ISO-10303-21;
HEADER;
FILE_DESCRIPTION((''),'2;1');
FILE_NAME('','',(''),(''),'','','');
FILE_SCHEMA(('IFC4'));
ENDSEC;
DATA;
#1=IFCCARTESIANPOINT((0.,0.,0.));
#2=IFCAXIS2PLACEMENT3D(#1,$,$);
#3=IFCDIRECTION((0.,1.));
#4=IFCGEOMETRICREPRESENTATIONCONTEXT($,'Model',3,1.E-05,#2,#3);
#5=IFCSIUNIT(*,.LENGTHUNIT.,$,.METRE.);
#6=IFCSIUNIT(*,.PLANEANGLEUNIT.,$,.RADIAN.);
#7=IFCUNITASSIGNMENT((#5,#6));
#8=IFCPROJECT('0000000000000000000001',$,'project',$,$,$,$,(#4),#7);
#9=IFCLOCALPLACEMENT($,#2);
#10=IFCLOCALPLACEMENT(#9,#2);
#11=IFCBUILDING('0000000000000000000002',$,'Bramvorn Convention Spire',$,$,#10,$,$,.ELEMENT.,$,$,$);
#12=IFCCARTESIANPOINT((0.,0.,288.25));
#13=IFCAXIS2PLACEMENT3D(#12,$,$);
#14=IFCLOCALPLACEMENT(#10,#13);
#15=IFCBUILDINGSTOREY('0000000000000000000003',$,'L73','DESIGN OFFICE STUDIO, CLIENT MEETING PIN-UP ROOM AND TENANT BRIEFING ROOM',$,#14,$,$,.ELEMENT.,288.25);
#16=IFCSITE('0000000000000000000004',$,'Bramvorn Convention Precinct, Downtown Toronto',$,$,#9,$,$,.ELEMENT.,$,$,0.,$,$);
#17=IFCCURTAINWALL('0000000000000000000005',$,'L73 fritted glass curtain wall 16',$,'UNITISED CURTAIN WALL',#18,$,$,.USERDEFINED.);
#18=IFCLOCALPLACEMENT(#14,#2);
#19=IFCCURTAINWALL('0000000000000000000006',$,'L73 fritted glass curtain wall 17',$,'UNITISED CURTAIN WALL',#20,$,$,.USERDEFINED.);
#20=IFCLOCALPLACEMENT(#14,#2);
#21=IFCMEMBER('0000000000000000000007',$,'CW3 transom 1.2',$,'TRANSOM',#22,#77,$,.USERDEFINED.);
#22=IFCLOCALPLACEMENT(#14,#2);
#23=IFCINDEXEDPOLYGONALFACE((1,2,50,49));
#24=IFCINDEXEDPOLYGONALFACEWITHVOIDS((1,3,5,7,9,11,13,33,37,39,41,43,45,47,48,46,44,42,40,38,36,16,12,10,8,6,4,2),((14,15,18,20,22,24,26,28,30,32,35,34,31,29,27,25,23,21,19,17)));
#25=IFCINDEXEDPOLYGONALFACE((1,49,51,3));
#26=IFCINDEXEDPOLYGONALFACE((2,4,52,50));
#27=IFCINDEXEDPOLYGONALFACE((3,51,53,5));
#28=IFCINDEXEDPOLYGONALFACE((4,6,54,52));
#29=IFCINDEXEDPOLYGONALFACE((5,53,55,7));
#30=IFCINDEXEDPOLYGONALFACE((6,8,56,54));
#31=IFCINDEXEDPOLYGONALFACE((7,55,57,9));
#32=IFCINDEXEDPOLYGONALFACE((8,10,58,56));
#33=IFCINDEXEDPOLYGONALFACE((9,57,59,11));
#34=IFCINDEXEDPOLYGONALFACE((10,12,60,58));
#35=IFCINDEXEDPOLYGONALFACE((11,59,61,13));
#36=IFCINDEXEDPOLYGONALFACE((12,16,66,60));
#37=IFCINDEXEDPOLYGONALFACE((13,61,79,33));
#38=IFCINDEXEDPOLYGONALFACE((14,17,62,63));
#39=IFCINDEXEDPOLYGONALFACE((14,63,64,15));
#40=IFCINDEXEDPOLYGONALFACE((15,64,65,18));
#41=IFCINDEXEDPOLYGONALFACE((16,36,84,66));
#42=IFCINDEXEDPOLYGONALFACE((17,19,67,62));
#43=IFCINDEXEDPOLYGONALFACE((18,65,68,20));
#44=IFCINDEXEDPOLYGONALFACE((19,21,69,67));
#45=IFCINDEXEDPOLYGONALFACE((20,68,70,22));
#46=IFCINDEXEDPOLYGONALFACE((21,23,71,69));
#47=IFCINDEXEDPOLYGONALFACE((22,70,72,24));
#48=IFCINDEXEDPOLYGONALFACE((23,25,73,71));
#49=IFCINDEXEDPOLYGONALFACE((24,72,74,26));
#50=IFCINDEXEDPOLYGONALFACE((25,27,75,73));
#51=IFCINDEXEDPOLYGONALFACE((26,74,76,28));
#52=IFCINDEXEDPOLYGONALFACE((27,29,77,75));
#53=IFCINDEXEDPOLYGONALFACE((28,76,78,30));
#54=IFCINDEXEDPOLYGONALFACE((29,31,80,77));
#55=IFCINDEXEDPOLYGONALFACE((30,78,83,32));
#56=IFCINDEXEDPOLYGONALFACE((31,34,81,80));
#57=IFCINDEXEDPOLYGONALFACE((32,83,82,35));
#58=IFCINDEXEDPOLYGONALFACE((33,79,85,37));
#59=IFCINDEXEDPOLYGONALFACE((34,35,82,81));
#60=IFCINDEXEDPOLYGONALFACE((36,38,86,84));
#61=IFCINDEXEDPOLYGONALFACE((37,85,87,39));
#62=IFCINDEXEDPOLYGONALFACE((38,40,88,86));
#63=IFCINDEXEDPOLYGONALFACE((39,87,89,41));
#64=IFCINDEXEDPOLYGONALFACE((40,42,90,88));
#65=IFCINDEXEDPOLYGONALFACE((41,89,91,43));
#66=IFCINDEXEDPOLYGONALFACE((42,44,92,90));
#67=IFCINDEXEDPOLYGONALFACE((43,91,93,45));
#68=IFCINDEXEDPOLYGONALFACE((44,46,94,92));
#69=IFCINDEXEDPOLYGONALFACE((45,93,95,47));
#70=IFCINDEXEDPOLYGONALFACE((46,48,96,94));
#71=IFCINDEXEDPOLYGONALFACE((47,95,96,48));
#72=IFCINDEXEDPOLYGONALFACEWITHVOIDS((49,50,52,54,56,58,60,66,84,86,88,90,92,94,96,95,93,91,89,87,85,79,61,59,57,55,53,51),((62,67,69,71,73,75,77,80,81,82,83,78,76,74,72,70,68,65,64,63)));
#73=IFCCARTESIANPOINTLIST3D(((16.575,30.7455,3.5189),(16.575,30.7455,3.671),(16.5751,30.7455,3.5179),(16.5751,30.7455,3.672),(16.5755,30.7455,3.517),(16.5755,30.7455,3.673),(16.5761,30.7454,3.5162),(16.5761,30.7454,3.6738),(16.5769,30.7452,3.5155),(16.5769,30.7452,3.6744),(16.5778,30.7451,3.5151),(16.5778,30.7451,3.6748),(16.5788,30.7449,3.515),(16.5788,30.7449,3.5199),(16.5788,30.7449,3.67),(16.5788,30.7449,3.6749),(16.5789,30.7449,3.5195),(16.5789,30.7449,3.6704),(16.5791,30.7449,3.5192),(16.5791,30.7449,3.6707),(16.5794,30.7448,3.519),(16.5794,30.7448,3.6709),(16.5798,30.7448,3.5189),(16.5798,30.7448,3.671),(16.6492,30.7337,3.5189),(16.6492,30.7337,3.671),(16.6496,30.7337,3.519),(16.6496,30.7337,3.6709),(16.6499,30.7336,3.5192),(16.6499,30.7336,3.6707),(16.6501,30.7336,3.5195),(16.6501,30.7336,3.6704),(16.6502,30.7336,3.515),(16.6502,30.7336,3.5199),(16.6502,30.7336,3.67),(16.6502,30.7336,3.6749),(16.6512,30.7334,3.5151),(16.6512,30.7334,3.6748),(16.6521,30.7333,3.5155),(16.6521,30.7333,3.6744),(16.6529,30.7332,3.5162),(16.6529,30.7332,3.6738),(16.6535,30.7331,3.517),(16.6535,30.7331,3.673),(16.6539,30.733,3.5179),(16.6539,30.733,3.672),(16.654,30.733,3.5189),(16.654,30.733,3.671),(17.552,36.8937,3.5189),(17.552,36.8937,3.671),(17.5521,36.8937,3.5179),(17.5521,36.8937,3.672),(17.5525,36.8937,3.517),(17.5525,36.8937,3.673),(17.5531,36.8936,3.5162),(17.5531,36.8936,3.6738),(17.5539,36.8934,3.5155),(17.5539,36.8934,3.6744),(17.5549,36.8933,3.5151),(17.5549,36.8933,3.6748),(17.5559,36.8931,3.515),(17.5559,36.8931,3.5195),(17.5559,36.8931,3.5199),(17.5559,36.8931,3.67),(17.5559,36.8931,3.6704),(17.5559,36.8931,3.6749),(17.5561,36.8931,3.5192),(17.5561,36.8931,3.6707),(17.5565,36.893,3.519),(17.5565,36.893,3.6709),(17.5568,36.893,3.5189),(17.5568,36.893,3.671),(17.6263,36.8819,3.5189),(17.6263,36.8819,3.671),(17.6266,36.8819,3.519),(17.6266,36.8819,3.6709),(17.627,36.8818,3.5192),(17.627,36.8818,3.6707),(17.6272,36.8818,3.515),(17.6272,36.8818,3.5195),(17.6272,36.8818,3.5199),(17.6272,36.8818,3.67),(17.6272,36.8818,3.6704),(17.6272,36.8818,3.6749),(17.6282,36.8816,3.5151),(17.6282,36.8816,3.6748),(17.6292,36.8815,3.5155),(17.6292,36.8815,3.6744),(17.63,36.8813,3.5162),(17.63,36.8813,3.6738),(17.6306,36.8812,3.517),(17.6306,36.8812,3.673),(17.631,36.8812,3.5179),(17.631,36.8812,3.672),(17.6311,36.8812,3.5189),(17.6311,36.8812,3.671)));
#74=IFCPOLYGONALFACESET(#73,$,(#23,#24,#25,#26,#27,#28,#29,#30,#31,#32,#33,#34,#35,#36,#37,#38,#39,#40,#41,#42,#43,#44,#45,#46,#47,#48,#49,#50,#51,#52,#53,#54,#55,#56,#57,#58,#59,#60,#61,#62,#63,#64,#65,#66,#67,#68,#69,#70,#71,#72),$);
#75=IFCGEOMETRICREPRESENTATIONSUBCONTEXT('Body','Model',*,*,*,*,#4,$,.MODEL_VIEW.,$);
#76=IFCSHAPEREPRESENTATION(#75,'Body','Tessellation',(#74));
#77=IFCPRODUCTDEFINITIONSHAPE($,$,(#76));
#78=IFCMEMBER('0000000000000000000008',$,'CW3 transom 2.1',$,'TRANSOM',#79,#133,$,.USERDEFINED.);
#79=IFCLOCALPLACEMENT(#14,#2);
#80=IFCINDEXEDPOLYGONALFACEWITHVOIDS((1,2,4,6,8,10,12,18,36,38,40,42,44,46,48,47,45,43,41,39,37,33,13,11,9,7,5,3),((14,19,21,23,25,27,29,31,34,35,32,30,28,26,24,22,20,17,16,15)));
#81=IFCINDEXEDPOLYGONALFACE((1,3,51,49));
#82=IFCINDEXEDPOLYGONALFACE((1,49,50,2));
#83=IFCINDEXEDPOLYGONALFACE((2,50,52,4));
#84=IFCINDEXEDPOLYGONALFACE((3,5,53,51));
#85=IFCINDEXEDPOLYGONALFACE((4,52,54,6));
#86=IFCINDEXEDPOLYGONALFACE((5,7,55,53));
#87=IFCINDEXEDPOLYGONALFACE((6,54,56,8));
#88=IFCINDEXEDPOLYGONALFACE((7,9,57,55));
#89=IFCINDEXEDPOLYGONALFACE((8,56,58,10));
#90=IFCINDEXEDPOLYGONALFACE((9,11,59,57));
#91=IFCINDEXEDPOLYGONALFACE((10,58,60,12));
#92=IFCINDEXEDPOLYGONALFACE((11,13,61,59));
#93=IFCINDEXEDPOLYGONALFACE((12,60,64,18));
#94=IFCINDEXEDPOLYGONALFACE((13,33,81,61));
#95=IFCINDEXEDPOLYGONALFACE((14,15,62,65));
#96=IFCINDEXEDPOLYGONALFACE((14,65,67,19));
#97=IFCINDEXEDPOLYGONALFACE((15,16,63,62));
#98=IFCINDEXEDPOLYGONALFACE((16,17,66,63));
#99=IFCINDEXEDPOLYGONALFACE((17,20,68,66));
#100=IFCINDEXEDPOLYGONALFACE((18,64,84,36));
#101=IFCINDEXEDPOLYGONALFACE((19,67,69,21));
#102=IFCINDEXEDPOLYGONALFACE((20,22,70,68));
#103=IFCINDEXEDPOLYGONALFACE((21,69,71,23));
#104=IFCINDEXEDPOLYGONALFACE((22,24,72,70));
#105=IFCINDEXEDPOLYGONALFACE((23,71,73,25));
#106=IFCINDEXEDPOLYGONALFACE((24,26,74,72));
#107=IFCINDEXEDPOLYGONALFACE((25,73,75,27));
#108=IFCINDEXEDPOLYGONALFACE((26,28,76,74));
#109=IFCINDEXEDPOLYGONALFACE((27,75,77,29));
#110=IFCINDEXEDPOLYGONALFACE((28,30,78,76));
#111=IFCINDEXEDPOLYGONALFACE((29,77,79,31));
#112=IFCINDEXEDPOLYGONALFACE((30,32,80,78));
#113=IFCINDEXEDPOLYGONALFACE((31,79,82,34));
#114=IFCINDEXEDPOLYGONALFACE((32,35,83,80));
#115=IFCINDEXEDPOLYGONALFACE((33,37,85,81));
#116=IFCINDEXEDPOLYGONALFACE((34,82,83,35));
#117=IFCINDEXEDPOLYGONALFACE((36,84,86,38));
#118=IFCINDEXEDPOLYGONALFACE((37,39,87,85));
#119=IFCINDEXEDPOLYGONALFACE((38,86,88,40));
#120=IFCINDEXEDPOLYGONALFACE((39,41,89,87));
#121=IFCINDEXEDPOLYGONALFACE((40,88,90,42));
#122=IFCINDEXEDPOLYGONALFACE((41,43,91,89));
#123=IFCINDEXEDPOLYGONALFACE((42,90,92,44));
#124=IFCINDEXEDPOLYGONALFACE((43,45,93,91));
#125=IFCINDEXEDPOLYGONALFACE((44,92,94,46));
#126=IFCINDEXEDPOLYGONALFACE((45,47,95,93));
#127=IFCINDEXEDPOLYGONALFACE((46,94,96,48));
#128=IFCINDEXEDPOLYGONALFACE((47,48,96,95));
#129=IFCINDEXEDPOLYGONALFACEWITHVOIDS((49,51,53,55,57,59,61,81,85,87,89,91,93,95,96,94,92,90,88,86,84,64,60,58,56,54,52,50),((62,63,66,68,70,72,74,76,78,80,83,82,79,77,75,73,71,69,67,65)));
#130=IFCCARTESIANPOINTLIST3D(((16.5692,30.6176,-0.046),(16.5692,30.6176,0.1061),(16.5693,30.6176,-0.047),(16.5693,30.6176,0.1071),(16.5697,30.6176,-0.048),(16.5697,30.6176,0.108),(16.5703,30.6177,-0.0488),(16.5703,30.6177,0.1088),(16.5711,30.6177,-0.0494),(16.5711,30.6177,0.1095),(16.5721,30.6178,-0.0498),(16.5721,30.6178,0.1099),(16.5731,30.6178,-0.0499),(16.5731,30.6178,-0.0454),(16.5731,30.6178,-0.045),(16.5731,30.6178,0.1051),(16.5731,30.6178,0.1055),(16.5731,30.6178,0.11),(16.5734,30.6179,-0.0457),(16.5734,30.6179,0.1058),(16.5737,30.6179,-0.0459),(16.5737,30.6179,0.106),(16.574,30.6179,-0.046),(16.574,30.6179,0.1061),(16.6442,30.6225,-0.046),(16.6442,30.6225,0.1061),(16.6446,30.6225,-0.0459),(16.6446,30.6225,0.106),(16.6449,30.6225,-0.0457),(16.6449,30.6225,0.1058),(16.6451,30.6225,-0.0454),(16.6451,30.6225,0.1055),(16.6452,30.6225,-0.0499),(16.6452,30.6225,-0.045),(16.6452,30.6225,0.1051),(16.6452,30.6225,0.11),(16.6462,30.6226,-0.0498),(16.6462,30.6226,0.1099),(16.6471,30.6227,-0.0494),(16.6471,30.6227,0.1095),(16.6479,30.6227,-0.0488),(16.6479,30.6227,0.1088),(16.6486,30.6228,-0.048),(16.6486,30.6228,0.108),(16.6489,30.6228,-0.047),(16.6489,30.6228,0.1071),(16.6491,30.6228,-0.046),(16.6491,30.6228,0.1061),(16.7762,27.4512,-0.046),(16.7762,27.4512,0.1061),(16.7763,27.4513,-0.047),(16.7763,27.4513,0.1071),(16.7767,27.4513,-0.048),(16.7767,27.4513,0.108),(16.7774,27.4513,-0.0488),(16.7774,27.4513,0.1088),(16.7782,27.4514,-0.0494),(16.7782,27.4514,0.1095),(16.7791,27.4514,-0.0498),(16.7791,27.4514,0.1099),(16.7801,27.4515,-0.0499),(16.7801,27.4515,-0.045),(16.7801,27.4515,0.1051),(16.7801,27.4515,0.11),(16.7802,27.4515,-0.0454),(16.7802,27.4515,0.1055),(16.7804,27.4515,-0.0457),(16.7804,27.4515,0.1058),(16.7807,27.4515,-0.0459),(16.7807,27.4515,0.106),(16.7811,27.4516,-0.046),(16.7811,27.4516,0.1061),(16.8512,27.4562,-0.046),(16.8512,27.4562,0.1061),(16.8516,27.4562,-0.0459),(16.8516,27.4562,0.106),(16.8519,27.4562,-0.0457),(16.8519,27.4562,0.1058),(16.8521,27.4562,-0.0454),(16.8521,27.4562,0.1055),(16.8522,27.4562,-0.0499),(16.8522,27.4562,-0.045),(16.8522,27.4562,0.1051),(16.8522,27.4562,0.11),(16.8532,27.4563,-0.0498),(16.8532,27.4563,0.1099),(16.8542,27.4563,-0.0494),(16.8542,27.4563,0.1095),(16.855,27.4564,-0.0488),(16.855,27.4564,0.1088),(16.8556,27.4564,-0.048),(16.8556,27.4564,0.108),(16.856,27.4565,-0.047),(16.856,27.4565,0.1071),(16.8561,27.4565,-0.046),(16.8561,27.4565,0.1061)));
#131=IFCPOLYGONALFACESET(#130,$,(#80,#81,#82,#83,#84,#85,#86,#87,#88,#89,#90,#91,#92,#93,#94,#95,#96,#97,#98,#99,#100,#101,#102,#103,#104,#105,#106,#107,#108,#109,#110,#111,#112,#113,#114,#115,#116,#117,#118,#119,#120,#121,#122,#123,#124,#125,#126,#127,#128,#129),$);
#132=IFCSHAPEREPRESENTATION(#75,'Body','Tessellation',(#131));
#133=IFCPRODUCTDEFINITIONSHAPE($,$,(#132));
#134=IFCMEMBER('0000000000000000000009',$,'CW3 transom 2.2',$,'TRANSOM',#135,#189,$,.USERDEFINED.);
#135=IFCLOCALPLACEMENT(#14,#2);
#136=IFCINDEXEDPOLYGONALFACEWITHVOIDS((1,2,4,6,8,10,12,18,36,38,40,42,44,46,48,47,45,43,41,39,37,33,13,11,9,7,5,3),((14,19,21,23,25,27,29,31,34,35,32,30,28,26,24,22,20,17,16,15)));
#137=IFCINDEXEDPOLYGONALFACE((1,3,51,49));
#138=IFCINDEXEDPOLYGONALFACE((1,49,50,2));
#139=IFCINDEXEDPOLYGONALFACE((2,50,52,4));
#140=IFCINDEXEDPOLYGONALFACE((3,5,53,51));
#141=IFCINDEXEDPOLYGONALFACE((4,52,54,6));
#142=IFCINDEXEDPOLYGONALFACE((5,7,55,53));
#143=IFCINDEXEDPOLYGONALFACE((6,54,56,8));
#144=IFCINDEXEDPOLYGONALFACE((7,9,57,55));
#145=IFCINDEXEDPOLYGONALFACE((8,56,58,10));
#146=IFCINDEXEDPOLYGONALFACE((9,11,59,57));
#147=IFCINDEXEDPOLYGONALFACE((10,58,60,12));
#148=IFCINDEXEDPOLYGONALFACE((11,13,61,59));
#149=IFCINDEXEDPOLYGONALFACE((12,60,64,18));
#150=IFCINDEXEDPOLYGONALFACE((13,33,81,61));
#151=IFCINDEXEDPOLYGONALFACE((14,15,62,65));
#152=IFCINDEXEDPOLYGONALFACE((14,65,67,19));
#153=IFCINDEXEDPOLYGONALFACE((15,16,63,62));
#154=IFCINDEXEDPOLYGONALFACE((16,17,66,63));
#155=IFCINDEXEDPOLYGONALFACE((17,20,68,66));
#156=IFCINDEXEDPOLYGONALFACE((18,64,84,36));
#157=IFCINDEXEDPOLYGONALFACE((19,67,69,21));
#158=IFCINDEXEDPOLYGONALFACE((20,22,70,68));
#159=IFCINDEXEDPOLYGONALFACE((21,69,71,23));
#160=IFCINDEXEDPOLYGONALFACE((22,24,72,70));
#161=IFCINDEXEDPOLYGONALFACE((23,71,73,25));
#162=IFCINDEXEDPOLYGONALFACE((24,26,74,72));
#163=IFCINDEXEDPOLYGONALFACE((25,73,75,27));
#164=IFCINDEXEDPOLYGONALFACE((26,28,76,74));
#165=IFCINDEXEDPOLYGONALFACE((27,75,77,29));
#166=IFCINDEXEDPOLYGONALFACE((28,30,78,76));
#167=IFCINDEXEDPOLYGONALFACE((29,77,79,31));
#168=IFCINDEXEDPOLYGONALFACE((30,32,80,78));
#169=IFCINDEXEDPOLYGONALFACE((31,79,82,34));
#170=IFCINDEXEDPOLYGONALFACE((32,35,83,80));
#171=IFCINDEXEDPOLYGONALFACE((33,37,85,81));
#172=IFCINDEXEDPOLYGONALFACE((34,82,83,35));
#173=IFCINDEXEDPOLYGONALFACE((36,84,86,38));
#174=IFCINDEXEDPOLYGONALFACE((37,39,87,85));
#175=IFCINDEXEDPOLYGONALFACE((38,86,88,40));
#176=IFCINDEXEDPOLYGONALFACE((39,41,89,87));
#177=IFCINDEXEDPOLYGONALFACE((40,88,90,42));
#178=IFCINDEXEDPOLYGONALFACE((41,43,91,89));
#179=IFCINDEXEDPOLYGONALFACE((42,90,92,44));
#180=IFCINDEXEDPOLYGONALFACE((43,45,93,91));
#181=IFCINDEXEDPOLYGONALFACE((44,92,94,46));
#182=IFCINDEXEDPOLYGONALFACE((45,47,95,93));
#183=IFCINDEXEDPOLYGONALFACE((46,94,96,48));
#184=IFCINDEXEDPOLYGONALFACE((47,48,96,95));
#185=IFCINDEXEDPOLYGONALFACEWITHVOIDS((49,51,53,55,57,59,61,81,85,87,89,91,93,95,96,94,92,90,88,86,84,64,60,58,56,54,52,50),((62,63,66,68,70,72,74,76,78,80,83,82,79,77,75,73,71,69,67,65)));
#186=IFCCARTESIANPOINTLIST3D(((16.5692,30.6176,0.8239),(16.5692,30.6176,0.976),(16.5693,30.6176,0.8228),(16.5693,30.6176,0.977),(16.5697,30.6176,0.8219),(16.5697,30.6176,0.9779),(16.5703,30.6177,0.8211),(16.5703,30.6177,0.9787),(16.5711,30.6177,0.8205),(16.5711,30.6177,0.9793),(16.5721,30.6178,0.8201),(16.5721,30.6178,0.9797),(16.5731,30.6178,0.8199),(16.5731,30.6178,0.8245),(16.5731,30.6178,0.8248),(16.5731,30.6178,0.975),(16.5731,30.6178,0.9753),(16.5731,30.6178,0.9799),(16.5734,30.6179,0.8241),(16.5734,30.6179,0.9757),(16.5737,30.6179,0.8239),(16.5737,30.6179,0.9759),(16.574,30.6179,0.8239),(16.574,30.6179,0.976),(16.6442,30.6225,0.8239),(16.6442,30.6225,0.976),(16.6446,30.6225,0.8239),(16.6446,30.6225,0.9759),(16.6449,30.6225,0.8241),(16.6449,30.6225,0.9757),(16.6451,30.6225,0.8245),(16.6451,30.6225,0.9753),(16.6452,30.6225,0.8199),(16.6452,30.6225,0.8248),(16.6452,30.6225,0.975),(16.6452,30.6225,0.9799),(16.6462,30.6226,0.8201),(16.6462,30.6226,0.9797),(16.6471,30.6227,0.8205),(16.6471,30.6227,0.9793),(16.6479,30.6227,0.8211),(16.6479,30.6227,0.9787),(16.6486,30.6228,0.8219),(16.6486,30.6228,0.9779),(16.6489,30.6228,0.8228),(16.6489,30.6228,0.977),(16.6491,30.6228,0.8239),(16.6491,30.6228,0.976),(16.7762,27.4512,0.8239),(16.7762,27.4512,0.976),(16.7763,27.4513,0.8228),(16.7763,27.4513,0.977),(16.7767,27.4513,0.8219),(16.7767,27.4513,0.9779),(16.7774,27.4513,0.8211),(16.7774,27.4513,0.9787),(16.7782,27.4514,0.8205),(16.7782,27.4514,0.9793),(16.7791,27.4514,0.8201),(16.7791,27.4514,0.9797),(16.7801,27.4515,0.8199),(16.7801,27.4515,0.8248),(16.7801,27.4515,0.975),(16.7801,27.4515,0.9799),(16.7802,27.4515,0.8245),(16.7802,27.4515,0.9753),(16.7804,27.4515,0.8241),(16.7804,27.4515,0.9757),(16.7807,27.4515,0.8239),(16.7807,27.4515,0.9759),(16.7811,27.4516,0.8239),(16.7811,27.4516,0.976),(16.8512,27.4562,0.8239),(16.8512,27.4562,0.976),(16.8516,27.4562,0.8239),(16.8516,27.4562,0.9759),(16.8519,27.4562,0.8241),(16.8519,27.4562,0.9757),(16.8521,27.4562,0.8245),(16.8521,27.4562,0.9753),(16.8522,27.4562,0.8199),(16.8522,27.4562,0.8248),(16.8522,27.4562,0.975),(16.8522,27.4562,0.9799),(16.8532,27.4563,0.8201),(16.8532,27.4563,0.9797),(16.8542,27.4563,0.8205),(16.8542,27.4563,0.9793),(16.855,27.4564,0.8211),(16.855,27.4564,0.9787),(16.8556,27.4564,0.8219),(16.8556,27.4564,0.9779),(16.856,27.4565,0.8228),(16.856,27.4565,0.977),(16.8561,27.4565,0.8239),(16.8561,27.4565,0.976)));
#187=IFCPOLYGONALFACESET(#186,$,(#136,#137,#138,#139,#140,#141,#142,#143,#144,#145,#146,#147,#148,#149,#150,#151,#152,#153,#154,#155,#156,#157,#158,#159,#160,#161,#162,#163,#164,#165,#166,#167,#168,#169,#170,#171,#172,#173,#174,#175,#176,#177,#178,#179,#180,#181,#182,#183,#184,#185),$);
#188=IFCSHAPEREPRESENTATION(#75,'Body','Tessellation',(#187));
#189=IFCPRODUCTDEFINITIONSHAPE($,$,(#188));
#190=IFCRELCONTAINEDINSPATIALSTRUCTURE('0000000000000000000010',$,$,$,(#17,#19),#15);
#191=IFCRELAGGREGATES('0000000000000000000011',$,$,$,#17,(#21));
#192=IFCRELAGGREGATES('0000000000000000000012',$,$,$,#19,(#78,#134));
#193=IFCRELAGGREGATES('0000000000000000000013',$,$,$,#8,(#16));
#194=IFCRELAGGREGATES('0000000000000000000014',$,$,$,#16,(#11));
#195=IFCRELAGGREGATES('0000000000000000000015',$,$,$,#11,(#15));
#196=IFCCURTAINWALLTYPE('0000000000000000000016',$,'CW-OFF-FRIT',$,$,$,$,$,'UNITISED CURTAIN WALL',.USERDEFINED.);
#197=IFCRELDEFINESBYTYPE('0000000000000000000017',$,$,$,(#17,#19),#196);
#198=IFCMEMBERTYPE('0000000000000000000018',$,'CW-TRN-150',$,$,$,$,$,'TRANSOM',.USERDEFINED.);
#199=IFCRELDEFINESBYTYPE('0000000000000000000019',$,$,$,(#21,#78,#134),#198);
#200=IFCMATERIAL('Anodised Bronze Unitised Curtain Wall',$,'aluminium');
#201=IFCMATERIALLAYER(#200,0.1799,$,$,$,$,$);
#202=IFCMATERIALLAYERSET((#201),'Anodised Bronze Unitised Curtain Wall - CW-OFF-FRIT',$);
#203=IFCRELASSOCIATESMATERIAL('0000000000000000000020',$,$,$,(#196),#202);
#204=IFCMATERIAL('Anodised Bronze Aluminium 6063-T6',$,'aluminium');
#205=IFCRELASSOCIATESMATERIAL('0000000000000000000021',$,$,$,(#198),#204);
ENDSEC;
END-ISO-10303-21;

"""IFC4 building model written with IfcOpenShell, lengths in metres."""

from ifc_helpers import new_model, si_unit, direction, frame, origin, origin_2d, place, context, subcontext, project, spatial, hollow_rectangle, extrude, material, layer, layer_set, material_profile, profile_set, type_object, element, aggregate, save


model = new_model("IFC4")

# Units and contexts
model_context = context("Model", 3, precision=1e-05, world=origin(), true_north=direction((0.0, 1.0)))
body_context = subcontext(model_context, "Body", "Model", "MODEL_VIEW")
ifc_project = project(units=[si_unit("LENGTHUNIT", "METRE"), si_unit("PLANEANGLEUNIT", "RADIAN")], contexts=[model_context])

# Site, building, storey
site_placement = place(None, origin())
site = spatial("IfcSite", under=ifc_project, at=site_placement, Name="Bramvorn Convention Precinct, Downtown Toronto", CompositionType="ELEMENT", RefElevation=0.0)
building_placement = place(site_placement, origin())
building = spatial("IfcBuilding", under=site, at=building_placement, Name="Bramvorn Convention Spire", CompositionType="ELEMENT")
storey_placement = place(building_placement, frame((0.0, 0.0, 288.25)))
storey = spatial("IfcBuildingStorey", under=building, at=storey_placement, Name="L73", Description="DESIGN OFFICE STUDIO, CLIENT MEETING PIN-UP ROOM AND TENANT BRIEFING ROOM", CompositionType="ELEMENT", Elevation=288.25)

# Curtain wall
ifc_material_1 = material(Name="Anodised Bronze Unitised Curtain Wall", Category="aluminium")
ifc_layer_1 = layer(ifc_material_1, 0.1799)
ifc_layer_set_1 = layer_set([ifc_layer_1], Name="Anodised Bronze Unitised Curtain Wall - CW-OFF-FRIT")
curtain_wall_type = type_object("IfcCurtainWallType", Name="CW-OFF-FRIT", ElementType="UNITISED CURTAIN WALL", PredefinedType="USERDEFINED", material=ifc_layer_set_1)
curtain_wall_1_placement = place(storey_placement, origin())
curtain_wall_1 = element("IfcCurtainWall", 1, at=curtain_wall_1_placement, inside=storey, type_object=curtain_wall_type, Name="L73 fritted glass curtain wall 16", ObjectType="UNITISED CURTAIN WALL", PredefinedType="USERDEFINED")
ifc_material_2 = material(Name="Anodised Bronze Aluminium 6063-T6", Category="aluminium")

# Curtain wall
curtain_wall_2_placement = place(storey_placement, origin())
curtain_wall_2 = element("IfcCurtainWall", 2, at=curtain_wall_2_placement, inside=storey, type_object=curtain_wall_type, Name="L73 fritted glass curtain wall 17", ObjectType="UNITISED CURTAIN WALL", PredefinedType="USERDEFINED")

# Members
ifc_material_profile_1 = material_profile(ifc_material_2, hollow_rectangle(XDim=0.0801, YDim=0.1599, WallThickness=0.0039, InnerFilletRadius=0.001, OuterFilletRadius=0.0039, at=origin_2d()))
ifc_profile_set_1 = profile_set([ifc_material_profile_1], Name="Anodised Bronze Aluminium 6063-T6 - CWT80X160")
member_type_1 = type_object("IfcMemberType", Name="CW-TRN-150", ElementType="TRANSOM", PredefinedType="USERDEFINED", material=ifc_profile_set_1)
member_1_placement = place(storey_placement, frame((16.6145, 30.7393, 3.595), z_axis=(0.156947, 0.987607, 0.0), x_axis=(-0.987607, 0.156947, 0.0)))
member_1 = element("IfcMember", 3, at=member_1_placement, type_object=member_type_1, Name="CW3 transom 1.2", ObjectType="TRANSOM", PredefinedType="USERDEFINED", context=body_context, shape_type="SweptSolid", body=[
    extrude(hollow_rectangle(XDim=0.0801, YDim=0.1599, WallThickness=0.0039, InnerFilletRadius=0.001, OuterFilletRadius=0.0039, at=origin_2d()), origin(), (0.0, 0.0, 1.0), 6.2253),
])
aggregate(curtain_wall_1, [member_1])
member_2_placement = place(storey_placement, frame((16.8162, 27.4539, 0.03), z_axis=(-0.065247, 0.997869, 0.0), x_axis=(-0.997869, -0.065247, 0.0)))
member_2 = element("IfcMember", 4, at=member_2_placement, type_object=member_type_1, Name="CW3 transom 2.1", ObjectType="TRANSOM", PredefinedType="USERDEFINED", context=body_context, shape_type="SweptSolid", body=[
    extrude(hollow_rectangle(XDim=0.0801, YDim=0.1599, WallThickness=0.0039, InnerFilletRadius=0.001, OuterFilletRadius=0.0039, at=origin_2d()), origin(), (0.0, 0.0, 1.0), 3.1731),
])
member_3_placement = place(storey_placement, frame((16.8162, 27.4539, 0.8999), z_axis=(-0.065247, 0.997869, 0.0), x_axis=(-0.997869, -0.065247, 0.0)))
member_3 = element("IfcMember", 5, at=member_3_placement, type_object=member_type_1, Name="CW3 transom 2.2", ObjectType="TRANSOM", PredefinedType="USERDEFINED", context=body_context, shape_type="SweptSolid", body=[
    extrude(hollow_rectangle(XDim=0.0801, YDim=0.1599, WallThickness=0.0039, InnerFilletRadius=0.001, OuterFilletRadius=0.0039, at=origin_2d()), origin(), (0.0, 0.0, 1.0), 3.1731),
])

aggregate(curtain_wall_2, [member_2, member_3])

save(model, "model.ifc")
